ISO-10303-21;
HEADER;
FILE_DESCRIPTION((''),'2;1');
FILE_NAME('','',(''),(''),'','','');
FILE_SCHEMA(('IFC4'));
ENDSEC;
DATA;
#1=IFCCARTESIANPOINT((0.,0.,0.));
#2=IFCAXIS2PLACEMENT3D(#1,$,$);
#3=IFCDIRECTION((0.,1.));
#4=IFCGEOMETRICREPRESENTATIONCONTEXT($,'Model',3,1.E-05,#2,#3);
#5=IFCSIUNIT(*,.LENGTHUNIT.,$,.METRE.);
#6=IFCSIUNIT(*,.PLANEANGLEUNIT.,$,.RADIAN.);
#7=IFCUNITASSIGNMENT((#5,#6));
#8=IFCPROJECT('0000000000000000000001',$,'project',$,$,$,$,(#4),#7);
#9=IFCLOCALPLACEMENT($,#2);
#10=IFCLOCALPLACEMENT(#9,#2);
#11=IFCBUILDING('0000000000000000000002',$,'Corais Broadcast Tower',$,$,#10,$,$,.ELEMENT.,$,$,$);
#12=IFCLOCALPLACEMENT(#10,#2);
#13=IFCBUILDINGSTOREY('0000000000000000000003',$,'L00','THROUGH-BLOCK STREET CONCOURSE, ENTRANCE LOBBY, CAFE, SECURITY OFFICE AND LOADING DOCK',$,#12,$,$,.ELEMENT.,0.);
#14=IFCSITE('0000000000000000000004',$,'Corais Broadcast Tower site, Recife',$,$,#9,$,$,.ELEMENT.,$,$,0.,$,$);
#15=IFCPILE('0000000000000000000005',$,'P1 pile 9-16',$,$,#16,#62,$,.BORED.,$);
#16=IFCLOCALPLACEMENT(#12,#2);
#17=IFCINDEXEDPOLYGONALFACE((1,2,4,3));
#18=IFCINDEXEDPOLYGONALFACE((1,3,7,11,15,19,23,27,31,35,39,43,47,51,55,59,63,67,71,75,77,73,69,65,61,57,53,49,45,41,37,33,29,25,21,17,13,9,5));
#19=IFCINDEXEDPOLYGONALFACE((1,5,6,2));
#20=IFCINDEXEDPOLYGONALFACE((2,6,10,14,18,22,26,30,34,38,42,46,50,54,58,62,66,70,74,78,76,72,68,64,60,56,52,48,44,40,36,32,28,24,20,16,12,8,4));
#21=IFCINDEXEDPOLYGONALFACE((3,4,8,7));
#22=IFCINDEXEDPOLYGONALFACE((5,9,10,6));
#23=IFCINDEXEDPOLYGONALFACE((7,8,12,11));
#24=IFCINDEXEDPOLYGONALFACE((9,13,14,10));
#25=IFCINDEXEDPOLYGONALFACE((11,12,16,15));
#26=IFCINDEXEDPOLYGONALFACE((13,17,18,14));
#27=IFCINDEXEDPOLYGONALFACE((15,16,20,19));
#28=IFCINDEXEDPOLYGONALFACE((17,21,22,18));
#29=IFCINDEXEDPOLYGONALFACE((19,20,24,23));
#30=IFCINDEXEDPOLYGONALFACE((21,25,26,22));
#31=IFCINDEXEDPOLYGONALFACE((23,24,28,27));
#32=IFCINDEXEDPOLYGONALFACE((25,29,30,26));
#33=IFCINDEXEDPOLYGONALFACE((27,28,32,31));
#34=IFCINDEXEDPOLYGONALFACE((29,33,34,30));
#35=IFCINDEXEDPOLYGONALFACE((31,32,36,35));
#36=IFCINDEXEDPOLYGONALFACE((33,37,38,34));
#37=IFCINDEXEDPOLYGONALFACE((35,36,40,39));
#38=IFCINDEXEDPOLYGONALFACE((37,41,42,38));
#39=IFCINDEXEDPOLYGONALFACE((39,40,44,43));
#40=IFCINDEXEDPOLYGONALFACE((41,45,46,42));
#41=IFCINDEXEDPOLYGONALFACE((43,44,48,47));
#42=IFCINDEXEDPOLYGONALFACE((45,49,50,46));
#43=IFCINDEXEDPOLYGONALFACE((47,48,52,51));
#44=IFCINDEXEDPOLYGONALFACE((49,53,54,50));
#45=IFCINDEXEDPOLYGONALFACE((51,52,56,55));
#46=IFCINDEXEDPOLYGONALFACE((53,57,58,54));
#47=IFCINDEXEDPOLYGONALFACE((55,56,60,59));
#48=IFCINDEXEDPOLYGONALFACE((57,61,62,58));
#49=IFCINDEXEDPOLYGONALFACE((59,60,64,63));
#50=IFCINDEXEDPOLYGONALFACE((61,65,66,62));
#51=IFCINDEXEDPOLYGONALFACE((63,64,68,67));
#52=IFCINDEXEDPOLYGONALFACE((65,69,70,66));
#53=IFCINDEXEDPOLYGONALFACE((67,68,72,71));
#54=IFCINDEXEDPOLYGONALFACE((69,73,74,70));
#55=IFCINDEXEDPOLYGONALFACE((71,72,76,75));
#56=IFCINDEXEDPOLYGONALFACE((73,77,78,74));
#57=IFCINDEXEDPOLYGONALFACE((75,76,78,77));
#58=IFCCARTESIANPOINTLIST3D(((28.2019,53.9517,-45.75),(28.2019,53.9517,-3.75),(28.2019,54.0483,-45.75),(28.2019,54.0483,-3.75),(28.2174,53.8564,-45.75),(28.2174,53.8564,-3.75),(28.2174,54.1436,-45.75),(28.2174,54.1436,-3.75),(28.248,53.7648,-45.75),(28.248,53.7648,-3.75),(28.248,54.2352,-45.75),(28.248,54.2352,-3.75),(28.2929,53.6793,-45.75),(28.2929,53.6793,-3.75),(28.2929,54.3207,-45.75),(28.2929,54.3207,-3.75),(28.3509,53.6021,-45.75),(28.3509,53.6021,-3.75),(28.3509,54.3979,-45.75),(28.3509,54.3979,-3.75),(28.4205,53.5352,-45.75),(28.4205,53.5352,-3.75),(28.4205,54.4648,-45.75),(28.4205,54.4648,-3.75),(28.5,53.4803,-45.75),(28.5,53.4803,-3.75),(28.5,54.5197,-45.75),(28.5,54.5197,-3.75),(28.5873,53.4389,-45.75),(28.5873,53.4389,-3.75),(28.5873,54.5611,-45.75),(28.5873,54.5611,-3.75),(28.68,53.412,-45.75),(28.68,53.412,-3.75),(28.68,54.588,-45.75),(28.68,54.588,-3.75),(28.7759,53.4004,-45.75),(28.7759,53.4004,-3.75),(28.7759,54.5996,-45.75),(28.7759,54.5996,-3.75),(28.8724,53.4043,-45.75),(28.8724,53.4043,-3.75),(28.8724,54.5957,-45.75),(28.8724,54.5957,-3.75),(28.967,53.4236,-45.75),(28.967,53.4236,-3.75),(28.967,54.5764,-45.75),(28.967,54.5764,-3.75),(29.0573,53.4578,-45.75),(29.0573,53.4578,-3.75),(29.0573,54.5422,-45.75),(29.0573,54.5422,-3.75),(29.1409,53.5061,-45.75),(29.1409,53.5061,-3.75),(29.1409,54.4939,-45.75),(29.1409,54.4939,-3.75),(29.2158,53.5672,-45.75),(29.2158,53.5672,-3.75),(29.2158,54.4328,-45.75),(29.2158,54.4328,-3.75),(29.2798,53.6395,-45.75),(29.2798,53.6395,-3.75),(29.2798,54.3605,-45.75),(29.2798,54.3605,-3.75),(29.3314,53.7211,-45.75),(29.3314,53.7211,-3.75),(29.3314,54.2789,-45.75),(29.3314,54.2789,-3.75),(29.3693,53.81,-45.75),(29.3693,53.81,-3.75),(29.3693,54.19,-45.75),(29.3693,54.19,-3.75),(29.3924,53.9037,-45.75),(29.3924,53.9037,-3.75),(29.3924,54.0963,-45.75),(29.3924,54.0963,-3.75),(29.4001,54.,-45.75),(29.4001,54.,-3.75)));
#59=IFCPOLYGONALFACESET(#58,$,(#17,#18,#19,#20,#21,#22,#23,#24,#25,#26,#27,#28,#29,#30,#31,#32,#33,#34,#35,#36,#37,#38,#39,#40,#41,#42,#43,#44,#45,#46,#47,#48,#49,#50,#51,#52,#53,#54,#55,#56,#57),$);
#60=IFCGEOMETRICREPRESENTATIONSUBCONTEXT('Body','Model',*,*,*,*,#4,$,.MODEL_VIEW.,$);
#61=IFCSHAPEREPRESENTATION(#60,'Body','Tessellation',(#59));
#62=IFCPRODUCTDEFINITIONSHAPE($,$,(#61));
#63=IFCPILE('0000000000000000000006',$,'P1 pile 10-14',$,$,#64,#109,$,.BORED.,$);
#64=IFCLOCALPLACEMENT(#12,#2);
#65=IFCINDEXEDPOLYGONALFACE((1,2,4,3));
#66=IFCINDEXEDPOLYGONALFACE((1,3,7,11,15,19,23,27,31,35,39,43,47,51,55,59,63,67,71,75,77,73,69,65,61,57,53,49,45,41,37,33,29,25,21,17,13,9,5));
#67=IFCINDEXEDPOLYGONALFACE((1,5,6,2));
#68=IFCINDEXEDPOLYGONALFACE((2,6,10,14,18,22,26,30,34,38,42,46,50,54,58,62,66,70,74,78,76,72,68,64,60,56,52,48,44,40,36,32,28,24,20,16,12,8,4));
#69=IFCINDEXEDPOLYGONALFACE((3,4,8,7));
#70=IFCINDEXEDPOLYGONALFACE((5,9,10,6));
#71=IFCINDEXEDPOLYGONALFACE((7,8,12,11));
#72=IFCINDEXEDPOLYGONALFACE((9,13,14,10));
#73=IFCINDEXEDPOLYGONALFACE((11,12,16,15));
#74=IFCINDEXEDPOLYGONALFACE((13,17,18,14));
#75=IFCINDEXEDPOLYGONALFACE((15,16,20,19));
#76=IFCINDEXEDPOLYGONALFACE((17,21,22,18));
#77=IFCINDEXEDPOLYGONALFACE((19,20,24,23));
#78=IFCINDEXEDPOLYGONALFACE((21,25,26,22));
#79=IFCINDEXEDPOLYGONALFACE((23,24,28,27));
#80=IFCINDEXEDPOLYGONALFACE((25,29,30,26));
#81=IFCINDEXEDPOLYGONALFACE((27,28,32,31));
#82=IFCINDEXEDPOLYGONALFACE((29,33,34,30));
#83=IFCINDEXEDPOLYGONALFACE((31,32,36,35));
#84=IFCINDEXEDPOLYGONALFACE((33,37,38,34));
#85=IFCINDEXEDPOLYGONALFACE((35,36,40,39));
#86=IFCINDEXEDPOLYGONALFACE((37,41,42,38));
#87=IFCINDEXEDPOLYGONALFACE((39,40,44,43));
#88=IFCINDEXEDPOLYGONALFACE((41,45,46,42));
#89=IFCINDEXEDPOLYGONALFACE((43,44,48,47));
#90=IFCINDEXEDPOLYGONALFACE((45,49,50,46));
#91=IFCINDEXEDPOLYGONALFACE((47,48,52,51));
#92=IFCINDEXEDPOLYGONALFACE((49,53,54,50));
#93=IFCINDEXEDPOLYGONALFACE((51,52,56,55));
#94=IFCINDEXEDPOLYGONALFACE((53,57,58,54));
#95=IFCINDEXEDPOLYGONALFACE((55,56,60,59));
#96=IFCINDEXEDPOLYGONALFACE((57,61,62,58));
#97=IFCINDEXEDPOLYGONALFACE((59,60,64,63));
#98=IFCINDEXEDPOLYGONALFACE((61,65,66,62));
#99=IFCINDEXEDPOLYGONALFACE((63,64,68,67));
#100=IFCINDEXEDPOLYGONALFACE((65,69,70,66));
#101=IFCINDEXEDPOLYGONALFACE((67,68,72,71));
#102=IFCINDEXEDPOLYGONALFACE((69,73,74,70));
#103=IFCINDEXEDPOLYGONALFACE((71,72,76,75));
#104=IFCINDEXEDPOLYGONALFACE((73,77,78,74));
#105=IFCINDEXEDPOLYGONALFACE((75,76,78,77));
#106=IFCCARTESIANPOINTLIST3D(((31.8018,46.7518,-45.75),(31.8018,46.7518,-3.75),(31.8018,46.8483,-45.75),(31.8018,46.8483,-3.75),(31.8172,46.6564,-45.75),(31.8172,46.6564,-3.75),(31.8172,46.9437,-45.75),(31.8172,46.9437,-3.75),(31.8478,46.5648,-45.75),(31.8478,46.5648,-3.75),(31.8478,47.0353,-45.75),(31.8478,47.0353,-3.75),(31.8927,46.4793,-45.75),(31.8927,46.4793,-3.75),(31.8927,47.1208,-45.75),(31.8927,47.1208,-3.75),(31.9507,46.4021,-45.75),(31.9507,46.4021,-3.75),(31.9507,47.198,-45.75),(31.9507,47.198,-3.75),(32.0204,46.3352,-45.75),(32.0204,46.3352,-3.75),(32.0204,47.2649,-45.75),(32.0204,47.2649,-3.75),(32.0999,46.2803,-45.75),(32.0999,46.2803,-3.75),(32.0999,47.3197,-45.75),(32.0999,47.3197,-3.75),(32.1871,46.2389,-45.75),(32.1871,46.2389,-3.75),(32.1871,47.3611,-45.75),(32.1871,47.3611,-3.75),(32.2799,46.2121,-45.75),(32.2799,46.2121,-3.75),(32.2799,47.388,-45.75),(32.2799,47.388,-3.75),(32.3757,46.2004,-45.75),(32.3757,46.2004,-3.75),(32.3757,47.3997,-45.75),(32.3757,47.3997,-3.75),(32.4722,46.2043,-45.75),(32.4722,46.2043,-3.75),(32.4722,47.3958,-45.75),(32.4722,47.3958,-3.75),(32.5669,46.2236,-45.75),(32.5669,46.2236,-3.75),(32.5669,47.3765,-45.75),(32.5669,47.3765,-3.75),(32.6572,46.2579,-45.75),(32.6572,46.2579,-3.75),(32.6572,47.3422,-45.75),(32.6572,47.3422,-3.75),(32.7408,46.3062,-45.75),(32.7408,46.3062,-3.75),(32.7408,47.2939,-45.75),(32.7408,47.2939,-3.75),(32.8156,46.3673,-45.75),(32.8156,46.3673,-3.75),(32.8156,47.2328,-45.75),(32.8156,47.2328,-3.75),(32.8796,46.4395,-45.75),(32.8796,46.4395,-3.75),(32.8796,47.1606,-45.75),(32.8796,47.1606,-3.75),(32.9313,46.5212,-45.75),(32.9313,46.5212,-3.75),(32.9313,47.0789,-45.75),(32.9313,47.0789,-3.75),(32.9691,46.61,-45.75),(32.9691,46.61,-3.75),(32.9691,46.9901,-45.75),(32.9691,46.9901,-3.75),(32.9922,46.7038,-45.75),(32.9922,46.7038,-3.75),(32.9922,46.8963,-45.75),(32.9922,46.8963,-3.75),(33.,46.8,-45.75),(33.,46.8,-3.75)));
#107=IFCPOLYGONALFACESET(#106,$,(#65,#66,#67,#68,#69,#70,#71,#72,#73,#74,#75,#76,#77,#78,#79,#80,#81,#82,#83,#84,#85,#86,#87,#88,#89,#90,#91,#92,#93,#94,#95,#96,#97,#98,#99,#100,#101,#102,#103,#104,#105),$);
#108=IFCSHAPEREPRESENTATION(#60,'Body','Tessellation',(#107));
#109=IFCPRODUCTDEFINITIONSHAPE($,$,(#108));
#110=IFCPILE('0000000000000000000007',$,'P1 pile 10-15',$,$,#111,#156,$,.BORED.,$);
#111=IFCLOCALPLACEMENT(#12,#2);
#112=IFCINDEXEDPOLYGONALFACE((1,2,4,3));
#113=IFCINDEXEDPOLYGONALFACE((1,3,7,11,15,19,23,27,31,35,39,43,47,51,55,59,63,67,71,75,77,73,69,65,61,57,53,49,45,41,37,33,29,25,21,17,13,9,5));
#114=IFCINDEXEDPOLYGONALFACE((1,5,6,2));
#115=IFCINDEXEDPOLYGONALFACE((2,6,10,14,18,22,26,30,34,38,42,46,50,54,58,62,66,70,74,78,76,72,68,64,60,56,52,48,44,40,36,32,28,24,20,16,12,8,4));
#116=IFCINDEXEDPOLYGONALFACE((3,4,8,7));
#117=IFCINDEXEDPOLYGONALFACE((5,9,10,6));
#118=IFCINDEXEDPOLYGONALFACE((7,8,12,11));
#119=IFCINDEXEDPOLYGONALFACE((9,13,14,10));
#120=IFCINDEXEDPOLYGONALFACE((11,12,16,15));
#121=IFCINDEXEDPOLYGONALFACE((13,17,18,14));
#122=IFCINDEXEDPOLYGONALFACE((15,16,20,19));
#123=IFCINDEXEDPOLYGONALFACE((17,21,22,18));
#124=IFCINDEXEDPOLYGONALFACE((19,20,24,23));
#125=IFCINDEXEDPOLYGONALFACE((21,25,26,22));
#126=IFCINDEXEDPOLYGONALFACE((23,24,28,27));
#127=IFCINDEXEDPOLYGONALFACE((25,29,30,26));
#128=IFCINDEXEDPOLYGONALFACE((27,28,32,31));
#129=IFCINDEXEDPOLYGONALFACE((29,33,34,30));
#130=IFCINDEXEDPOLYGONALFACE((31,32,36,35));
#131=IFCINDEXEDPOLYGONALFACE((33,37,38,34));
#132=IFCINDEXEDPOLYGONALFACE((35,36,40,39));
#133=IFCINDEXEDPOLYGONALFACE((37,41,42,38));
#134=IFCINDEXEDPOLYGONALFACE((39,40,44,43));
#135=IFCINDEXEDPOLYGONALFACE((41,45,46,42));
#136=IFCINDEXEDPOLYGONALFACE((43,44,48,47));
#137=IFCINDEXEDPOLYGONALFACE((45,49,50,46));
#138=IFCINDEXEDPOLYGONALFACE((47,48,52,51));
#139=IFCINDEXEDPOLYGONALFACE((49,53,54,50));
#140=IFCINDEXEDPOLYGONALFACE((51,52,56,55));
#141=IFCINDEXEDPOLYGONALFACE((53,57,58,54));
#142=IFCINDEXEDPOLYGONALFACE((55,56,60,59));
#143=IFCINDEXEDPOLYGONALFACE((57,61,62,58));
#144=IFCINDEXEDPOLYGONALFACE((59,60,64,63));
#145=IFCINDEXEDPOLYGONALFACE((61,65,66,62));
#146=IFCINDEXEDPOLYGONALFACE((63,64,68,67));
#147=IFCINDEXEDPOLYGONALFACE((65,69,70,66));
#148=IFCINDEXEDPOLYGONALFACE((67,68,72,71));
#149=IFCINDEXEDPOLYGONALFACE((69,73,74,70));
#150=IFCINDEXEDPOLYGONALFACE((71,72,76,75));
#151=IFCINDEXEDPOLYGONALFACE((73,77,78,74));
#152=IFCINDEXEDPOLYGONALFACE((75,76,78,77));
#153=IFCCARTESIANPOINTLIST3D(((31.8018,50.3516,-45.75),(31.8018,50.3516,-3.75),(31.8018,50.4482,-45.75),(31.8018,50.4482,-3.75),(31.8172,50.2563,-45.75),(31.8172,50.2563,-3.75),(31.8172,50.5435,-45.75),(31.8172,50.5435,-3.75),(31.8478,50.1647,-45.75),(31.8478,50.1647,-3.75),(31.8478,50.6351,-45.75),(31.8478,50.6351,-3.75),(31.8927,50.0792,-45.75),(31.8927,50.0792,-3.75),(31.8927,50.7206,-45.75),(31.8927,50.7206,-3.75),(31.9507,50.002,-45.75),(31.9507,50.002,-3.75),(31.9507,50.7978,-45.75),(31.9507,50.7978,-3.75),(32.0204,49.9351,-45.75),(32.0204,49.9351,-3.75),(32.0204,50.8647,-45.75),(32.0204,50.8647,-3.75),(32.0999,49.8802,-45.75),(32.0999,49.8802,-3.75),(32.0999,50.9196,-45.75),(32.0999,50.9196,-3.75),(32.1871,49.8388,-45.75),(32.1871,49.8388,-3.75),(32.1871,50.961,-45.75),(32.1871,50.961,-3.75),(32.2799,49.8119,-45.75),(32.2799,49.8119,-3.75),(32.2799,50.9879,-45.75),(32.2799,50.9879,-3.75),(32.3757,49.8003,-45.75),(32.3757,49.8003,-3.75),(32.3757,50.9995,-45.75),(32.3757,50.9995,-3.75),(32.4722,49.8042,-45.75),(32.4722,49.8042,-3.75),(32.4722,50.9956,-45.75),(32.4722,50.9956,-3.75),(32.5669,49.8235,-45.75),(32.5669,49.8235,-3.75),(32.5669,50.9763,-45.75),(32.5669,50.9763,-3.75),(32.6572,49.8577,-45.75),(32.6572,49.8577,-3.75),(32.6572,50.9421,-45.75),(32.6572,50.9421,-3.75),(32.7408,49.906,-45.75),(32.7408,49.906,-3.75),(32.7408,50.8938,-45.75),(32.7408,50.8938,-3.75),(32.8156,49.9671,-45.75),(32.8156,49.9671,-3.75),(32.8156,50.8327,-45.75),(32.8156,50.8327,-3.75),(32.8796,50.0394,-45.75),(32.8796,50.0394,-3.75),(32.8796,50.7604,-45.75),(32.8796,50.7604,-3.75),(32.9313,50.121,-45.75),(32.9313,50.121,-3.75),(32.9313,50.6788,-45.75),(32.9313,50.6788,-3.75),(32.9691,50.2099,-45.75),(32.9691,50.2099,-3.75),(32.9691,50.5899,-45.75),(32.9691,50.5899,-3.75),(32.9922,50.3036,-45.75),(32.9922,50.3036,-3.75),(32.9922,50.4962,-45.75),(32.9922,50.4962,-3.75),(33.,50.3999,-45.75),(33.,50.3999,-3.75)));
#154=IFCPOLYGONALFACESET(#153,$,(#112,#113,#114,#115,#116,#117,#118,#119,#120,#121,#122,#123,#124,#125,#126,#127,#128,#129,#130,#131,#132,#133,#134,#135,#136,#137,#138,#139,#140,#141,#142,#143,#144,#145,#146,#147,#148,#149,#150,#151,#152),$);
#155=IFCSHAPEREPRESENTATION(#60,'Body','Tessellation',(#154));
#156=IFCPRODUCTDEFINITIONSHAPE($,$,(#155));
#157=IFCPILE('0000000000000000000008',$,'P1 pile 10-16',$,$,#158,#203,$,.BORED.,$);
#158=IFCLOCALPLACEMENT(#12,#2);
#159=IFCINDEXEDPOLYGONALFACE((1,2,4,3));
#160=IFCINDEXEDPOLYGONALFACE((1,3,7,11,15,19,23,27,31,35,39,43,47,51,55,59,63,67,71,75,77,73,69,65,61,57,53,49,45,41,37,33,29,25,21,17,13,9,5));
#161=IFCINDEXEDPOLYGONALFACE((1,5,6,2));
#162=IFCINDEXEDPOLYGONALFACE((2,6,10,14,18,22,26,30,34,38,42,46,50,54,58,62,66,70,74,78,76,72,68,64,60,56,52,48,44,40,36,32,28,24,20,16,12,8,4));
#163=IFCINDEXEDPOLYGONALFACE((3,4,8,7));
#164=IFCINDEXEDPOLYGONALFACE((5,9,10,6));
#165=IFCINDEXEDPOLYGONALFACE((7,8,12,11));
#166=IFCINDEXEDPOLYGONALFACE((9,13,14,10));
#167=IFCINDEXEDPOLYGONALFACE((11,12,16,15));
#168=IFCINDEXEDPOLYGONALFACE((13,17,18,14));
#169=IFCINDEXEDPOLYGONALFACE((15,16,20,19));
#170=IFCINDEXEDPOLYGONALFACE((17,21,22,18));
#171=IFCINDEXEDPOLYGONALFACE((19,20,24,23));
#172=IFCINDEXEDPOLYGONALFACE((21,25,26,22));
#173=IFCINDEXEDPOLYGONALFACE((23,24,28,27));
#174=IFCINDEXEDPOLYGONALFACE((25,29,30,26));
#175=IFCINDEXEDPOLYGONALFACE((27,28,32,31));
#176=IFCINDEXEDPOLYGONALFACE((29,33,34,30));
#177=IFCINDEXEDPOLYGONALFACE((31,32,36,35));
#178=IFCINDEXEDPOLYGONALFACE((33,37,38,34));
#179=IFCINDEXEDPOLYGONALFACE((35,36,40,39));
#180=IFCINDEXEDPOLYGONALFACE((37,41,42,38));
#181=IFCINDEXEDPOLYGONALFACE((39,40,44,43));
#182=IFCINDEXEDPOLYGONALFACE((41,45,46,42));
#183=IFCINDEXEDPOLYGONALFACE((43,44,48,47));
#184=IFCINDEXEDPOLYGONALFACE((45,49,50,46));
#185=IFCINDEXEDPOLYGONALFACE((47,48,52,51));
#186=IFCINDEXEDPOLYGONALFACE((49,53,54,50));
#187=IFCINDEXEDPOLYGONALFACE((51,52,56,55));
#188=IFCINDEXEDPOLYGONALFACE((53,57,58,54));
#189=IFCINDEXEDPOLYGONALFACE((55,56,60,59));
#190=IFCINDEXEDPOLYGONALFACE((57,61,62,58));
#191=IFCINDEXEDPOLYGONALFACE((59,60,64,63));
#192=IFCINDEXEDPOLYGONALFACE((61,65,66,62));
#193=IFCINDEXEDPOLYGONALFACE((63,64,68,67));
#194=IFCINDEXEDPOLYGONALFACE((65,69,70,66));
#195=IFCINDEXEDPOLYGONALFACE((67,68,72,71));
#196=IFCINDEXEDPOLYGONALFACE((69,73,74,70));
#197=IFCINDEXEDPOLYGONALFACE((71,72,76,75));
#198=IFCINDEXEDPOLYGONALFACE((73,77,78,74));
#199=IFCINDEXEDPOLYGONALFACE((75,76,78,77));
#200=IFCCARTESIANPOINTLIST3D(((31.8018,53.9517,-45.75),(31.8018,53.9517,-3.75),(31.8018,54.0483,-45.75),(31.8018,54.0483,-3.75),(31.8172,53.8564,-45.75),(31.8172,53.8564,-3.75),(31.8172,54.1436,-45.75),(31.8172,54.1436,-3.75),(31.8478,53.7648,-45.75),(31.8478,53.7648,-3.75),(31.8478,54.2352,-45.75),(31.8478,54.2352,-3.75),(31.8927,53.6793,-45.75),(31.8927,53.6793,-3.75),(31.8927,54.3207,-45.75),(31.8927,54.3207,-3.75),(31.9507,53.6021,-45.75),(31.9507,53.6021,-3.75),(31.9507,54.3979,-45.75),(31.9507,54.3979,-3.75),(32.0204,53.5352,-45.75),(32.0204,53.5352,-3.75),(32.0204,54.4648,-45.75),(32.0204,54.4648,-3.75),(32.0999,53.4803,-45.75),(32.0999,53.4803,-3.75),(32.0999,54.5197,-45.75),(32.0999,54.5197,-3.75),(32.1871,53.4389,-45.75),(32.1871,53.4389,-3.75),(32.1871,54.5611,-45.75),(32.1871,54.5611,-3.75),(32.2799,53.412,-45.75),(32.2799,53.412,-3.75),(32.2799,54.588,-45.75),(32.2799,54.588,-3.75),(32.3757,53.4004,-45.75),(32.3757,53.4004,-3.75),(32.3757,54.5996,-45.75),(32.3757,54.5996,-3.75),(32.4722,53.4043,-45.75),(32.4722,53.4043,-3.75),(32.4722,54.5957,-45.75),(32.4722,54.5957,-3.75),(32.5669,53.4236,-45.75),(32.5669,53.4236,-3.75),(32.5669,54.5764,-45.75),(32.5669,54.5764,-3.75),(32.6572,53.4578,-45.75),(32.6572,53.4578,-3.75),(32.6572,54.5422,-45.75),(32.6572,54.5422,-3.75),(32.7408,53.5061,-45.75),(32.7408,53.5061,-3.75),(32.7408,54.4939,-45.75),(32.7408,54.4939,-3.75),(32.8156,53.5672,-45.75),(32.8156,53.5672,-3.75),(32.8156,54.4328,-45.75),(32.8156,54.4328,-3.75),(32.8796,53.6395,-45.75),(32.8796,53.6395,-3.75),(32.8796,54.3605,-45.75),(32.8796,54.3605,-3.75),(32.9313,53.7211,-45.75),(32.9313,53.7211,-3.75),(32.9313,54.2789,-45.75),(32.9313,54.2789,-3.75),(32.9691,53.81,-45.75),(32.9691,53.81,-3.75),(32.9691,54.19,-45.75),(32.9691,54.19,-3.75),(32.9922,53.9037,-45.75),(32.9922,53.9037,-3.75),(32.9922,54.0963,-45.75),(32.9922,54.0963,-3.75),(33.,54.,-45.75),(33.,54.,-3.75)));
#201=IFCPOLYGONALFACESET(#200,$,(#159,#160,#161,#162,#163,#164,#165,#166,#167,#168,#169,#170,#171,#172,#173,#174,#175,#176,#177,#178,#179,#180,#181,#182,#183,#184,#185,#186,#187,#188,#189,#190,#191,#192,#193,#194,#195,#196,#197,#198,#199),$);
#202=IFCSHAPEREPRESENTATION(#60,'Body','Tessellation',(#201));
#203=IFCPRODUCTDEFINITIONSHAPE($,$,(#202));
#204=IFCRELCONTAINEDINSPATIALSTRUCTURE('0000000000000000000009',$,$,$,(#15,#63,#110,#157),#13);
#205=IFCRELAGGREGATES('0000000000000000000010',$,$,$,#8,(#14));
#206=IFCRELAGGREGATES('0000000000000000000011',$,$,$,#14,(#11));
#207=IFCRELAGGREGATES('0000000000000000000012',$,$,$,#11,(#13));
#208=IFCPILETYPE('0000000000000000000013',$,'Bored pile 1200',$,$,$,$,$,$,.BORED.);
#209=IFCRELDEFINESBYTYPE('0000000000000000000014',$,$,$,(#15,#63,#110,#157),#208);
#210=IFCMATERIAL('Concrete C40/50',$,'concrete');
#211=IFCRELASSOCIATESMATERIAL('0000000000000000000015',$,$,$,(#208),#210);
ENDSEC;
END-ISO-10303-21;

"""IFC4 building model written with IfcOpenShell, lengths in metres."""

from ifc_helpers import new_model, si_unit, direction, frame, origin, origin_2d, place, context, subcontext, project, spatial, circle, extrude, material, type_object, element, save


model = new_model("IFC4")

# Units and contexts
model_context = context("Model", 3, precision=1e-05, world=origin(), true_north=direction((0.0, 1.0)))
body_context = subcontext(model_context, "Body", "Model", "MODEL_VIEW")
ifc_project = project(units=[si_unit("LENGTHUNIT", "METRE"), si_unit("PLANEANGLEUNIT", "RADIAN")], contexts=[model_context])

# Site, building, storey
site_placement = place(None, origin())
site = spatial("IfcSite", under=ifc_project, at=site_placement, Name="Corais Broadcast Tower site, Recife", CompositionType="ELEMENT", RefElevation=0.0)
building_placement = place(site_placement, origin())
building = spatial("IfcBuilding", under=site, at=building_placement, Name="Corais Broadcast Tower", CompositionType="ELEMENT")
storey_placement = place(building_placement, origin())
storey = spatial("IfcBuildingStorey", under=building, at=storey_placement, Name="L00", Description="THROUGH-BLOCK STREET CONCOURSE, ENTRANCE LOBBY, CAFE, SECURITY OFFICE AND LOADING DOCK", CompositionType="ELEMENT", Elevation=0.0)

# Piles
ifc_material_1 = material(Name="Concrete C40/50", Category="concrete")
pile_type = type_object("IfcPileType", Name="Bored pile 1200", PredefinedType="BORED", material=ifc_material_1)
for number, where, z_axis, x_axis, name in (
    (1, (28.8, 54.0, -3.75), (0.0, 0.0, -1.0), (1.0, 0.0, 0.0), "P1 pile 9-16"),
    (2, (32.3999, 46.8, -3.75), (0.0, 0.0, -1.0), (1.0, 0.0, 0.0), "P1 pile 10-14"),
    (3, (32.3999, 50.3999, -3.75), (0.0, 0.0, -1.0), (1.0, 0.0, 0.0), "P1 pile 10-15"),
    (4, (32.3999, 54.0, -3.75), (0.0, 0.0, -1.0), (1.0, 0.0, 0.0), "P1 pile 10-16"),
):
    element("IfcPile", number, at=place(storey_placement, frame(where, z_axis=z_axis, x_axis=x_axis)), inside=storey, type_object=pile_type, Name=name, PredefinedType="BORED", context=body_context, shape_type="SweptSolid", body=[
        extrude(circle(Radius=0.6001, at=origin_2d()), origin(), (0.0, 0.0, 1.0), 42.0),
    ])

save(model, "model.ifc")
